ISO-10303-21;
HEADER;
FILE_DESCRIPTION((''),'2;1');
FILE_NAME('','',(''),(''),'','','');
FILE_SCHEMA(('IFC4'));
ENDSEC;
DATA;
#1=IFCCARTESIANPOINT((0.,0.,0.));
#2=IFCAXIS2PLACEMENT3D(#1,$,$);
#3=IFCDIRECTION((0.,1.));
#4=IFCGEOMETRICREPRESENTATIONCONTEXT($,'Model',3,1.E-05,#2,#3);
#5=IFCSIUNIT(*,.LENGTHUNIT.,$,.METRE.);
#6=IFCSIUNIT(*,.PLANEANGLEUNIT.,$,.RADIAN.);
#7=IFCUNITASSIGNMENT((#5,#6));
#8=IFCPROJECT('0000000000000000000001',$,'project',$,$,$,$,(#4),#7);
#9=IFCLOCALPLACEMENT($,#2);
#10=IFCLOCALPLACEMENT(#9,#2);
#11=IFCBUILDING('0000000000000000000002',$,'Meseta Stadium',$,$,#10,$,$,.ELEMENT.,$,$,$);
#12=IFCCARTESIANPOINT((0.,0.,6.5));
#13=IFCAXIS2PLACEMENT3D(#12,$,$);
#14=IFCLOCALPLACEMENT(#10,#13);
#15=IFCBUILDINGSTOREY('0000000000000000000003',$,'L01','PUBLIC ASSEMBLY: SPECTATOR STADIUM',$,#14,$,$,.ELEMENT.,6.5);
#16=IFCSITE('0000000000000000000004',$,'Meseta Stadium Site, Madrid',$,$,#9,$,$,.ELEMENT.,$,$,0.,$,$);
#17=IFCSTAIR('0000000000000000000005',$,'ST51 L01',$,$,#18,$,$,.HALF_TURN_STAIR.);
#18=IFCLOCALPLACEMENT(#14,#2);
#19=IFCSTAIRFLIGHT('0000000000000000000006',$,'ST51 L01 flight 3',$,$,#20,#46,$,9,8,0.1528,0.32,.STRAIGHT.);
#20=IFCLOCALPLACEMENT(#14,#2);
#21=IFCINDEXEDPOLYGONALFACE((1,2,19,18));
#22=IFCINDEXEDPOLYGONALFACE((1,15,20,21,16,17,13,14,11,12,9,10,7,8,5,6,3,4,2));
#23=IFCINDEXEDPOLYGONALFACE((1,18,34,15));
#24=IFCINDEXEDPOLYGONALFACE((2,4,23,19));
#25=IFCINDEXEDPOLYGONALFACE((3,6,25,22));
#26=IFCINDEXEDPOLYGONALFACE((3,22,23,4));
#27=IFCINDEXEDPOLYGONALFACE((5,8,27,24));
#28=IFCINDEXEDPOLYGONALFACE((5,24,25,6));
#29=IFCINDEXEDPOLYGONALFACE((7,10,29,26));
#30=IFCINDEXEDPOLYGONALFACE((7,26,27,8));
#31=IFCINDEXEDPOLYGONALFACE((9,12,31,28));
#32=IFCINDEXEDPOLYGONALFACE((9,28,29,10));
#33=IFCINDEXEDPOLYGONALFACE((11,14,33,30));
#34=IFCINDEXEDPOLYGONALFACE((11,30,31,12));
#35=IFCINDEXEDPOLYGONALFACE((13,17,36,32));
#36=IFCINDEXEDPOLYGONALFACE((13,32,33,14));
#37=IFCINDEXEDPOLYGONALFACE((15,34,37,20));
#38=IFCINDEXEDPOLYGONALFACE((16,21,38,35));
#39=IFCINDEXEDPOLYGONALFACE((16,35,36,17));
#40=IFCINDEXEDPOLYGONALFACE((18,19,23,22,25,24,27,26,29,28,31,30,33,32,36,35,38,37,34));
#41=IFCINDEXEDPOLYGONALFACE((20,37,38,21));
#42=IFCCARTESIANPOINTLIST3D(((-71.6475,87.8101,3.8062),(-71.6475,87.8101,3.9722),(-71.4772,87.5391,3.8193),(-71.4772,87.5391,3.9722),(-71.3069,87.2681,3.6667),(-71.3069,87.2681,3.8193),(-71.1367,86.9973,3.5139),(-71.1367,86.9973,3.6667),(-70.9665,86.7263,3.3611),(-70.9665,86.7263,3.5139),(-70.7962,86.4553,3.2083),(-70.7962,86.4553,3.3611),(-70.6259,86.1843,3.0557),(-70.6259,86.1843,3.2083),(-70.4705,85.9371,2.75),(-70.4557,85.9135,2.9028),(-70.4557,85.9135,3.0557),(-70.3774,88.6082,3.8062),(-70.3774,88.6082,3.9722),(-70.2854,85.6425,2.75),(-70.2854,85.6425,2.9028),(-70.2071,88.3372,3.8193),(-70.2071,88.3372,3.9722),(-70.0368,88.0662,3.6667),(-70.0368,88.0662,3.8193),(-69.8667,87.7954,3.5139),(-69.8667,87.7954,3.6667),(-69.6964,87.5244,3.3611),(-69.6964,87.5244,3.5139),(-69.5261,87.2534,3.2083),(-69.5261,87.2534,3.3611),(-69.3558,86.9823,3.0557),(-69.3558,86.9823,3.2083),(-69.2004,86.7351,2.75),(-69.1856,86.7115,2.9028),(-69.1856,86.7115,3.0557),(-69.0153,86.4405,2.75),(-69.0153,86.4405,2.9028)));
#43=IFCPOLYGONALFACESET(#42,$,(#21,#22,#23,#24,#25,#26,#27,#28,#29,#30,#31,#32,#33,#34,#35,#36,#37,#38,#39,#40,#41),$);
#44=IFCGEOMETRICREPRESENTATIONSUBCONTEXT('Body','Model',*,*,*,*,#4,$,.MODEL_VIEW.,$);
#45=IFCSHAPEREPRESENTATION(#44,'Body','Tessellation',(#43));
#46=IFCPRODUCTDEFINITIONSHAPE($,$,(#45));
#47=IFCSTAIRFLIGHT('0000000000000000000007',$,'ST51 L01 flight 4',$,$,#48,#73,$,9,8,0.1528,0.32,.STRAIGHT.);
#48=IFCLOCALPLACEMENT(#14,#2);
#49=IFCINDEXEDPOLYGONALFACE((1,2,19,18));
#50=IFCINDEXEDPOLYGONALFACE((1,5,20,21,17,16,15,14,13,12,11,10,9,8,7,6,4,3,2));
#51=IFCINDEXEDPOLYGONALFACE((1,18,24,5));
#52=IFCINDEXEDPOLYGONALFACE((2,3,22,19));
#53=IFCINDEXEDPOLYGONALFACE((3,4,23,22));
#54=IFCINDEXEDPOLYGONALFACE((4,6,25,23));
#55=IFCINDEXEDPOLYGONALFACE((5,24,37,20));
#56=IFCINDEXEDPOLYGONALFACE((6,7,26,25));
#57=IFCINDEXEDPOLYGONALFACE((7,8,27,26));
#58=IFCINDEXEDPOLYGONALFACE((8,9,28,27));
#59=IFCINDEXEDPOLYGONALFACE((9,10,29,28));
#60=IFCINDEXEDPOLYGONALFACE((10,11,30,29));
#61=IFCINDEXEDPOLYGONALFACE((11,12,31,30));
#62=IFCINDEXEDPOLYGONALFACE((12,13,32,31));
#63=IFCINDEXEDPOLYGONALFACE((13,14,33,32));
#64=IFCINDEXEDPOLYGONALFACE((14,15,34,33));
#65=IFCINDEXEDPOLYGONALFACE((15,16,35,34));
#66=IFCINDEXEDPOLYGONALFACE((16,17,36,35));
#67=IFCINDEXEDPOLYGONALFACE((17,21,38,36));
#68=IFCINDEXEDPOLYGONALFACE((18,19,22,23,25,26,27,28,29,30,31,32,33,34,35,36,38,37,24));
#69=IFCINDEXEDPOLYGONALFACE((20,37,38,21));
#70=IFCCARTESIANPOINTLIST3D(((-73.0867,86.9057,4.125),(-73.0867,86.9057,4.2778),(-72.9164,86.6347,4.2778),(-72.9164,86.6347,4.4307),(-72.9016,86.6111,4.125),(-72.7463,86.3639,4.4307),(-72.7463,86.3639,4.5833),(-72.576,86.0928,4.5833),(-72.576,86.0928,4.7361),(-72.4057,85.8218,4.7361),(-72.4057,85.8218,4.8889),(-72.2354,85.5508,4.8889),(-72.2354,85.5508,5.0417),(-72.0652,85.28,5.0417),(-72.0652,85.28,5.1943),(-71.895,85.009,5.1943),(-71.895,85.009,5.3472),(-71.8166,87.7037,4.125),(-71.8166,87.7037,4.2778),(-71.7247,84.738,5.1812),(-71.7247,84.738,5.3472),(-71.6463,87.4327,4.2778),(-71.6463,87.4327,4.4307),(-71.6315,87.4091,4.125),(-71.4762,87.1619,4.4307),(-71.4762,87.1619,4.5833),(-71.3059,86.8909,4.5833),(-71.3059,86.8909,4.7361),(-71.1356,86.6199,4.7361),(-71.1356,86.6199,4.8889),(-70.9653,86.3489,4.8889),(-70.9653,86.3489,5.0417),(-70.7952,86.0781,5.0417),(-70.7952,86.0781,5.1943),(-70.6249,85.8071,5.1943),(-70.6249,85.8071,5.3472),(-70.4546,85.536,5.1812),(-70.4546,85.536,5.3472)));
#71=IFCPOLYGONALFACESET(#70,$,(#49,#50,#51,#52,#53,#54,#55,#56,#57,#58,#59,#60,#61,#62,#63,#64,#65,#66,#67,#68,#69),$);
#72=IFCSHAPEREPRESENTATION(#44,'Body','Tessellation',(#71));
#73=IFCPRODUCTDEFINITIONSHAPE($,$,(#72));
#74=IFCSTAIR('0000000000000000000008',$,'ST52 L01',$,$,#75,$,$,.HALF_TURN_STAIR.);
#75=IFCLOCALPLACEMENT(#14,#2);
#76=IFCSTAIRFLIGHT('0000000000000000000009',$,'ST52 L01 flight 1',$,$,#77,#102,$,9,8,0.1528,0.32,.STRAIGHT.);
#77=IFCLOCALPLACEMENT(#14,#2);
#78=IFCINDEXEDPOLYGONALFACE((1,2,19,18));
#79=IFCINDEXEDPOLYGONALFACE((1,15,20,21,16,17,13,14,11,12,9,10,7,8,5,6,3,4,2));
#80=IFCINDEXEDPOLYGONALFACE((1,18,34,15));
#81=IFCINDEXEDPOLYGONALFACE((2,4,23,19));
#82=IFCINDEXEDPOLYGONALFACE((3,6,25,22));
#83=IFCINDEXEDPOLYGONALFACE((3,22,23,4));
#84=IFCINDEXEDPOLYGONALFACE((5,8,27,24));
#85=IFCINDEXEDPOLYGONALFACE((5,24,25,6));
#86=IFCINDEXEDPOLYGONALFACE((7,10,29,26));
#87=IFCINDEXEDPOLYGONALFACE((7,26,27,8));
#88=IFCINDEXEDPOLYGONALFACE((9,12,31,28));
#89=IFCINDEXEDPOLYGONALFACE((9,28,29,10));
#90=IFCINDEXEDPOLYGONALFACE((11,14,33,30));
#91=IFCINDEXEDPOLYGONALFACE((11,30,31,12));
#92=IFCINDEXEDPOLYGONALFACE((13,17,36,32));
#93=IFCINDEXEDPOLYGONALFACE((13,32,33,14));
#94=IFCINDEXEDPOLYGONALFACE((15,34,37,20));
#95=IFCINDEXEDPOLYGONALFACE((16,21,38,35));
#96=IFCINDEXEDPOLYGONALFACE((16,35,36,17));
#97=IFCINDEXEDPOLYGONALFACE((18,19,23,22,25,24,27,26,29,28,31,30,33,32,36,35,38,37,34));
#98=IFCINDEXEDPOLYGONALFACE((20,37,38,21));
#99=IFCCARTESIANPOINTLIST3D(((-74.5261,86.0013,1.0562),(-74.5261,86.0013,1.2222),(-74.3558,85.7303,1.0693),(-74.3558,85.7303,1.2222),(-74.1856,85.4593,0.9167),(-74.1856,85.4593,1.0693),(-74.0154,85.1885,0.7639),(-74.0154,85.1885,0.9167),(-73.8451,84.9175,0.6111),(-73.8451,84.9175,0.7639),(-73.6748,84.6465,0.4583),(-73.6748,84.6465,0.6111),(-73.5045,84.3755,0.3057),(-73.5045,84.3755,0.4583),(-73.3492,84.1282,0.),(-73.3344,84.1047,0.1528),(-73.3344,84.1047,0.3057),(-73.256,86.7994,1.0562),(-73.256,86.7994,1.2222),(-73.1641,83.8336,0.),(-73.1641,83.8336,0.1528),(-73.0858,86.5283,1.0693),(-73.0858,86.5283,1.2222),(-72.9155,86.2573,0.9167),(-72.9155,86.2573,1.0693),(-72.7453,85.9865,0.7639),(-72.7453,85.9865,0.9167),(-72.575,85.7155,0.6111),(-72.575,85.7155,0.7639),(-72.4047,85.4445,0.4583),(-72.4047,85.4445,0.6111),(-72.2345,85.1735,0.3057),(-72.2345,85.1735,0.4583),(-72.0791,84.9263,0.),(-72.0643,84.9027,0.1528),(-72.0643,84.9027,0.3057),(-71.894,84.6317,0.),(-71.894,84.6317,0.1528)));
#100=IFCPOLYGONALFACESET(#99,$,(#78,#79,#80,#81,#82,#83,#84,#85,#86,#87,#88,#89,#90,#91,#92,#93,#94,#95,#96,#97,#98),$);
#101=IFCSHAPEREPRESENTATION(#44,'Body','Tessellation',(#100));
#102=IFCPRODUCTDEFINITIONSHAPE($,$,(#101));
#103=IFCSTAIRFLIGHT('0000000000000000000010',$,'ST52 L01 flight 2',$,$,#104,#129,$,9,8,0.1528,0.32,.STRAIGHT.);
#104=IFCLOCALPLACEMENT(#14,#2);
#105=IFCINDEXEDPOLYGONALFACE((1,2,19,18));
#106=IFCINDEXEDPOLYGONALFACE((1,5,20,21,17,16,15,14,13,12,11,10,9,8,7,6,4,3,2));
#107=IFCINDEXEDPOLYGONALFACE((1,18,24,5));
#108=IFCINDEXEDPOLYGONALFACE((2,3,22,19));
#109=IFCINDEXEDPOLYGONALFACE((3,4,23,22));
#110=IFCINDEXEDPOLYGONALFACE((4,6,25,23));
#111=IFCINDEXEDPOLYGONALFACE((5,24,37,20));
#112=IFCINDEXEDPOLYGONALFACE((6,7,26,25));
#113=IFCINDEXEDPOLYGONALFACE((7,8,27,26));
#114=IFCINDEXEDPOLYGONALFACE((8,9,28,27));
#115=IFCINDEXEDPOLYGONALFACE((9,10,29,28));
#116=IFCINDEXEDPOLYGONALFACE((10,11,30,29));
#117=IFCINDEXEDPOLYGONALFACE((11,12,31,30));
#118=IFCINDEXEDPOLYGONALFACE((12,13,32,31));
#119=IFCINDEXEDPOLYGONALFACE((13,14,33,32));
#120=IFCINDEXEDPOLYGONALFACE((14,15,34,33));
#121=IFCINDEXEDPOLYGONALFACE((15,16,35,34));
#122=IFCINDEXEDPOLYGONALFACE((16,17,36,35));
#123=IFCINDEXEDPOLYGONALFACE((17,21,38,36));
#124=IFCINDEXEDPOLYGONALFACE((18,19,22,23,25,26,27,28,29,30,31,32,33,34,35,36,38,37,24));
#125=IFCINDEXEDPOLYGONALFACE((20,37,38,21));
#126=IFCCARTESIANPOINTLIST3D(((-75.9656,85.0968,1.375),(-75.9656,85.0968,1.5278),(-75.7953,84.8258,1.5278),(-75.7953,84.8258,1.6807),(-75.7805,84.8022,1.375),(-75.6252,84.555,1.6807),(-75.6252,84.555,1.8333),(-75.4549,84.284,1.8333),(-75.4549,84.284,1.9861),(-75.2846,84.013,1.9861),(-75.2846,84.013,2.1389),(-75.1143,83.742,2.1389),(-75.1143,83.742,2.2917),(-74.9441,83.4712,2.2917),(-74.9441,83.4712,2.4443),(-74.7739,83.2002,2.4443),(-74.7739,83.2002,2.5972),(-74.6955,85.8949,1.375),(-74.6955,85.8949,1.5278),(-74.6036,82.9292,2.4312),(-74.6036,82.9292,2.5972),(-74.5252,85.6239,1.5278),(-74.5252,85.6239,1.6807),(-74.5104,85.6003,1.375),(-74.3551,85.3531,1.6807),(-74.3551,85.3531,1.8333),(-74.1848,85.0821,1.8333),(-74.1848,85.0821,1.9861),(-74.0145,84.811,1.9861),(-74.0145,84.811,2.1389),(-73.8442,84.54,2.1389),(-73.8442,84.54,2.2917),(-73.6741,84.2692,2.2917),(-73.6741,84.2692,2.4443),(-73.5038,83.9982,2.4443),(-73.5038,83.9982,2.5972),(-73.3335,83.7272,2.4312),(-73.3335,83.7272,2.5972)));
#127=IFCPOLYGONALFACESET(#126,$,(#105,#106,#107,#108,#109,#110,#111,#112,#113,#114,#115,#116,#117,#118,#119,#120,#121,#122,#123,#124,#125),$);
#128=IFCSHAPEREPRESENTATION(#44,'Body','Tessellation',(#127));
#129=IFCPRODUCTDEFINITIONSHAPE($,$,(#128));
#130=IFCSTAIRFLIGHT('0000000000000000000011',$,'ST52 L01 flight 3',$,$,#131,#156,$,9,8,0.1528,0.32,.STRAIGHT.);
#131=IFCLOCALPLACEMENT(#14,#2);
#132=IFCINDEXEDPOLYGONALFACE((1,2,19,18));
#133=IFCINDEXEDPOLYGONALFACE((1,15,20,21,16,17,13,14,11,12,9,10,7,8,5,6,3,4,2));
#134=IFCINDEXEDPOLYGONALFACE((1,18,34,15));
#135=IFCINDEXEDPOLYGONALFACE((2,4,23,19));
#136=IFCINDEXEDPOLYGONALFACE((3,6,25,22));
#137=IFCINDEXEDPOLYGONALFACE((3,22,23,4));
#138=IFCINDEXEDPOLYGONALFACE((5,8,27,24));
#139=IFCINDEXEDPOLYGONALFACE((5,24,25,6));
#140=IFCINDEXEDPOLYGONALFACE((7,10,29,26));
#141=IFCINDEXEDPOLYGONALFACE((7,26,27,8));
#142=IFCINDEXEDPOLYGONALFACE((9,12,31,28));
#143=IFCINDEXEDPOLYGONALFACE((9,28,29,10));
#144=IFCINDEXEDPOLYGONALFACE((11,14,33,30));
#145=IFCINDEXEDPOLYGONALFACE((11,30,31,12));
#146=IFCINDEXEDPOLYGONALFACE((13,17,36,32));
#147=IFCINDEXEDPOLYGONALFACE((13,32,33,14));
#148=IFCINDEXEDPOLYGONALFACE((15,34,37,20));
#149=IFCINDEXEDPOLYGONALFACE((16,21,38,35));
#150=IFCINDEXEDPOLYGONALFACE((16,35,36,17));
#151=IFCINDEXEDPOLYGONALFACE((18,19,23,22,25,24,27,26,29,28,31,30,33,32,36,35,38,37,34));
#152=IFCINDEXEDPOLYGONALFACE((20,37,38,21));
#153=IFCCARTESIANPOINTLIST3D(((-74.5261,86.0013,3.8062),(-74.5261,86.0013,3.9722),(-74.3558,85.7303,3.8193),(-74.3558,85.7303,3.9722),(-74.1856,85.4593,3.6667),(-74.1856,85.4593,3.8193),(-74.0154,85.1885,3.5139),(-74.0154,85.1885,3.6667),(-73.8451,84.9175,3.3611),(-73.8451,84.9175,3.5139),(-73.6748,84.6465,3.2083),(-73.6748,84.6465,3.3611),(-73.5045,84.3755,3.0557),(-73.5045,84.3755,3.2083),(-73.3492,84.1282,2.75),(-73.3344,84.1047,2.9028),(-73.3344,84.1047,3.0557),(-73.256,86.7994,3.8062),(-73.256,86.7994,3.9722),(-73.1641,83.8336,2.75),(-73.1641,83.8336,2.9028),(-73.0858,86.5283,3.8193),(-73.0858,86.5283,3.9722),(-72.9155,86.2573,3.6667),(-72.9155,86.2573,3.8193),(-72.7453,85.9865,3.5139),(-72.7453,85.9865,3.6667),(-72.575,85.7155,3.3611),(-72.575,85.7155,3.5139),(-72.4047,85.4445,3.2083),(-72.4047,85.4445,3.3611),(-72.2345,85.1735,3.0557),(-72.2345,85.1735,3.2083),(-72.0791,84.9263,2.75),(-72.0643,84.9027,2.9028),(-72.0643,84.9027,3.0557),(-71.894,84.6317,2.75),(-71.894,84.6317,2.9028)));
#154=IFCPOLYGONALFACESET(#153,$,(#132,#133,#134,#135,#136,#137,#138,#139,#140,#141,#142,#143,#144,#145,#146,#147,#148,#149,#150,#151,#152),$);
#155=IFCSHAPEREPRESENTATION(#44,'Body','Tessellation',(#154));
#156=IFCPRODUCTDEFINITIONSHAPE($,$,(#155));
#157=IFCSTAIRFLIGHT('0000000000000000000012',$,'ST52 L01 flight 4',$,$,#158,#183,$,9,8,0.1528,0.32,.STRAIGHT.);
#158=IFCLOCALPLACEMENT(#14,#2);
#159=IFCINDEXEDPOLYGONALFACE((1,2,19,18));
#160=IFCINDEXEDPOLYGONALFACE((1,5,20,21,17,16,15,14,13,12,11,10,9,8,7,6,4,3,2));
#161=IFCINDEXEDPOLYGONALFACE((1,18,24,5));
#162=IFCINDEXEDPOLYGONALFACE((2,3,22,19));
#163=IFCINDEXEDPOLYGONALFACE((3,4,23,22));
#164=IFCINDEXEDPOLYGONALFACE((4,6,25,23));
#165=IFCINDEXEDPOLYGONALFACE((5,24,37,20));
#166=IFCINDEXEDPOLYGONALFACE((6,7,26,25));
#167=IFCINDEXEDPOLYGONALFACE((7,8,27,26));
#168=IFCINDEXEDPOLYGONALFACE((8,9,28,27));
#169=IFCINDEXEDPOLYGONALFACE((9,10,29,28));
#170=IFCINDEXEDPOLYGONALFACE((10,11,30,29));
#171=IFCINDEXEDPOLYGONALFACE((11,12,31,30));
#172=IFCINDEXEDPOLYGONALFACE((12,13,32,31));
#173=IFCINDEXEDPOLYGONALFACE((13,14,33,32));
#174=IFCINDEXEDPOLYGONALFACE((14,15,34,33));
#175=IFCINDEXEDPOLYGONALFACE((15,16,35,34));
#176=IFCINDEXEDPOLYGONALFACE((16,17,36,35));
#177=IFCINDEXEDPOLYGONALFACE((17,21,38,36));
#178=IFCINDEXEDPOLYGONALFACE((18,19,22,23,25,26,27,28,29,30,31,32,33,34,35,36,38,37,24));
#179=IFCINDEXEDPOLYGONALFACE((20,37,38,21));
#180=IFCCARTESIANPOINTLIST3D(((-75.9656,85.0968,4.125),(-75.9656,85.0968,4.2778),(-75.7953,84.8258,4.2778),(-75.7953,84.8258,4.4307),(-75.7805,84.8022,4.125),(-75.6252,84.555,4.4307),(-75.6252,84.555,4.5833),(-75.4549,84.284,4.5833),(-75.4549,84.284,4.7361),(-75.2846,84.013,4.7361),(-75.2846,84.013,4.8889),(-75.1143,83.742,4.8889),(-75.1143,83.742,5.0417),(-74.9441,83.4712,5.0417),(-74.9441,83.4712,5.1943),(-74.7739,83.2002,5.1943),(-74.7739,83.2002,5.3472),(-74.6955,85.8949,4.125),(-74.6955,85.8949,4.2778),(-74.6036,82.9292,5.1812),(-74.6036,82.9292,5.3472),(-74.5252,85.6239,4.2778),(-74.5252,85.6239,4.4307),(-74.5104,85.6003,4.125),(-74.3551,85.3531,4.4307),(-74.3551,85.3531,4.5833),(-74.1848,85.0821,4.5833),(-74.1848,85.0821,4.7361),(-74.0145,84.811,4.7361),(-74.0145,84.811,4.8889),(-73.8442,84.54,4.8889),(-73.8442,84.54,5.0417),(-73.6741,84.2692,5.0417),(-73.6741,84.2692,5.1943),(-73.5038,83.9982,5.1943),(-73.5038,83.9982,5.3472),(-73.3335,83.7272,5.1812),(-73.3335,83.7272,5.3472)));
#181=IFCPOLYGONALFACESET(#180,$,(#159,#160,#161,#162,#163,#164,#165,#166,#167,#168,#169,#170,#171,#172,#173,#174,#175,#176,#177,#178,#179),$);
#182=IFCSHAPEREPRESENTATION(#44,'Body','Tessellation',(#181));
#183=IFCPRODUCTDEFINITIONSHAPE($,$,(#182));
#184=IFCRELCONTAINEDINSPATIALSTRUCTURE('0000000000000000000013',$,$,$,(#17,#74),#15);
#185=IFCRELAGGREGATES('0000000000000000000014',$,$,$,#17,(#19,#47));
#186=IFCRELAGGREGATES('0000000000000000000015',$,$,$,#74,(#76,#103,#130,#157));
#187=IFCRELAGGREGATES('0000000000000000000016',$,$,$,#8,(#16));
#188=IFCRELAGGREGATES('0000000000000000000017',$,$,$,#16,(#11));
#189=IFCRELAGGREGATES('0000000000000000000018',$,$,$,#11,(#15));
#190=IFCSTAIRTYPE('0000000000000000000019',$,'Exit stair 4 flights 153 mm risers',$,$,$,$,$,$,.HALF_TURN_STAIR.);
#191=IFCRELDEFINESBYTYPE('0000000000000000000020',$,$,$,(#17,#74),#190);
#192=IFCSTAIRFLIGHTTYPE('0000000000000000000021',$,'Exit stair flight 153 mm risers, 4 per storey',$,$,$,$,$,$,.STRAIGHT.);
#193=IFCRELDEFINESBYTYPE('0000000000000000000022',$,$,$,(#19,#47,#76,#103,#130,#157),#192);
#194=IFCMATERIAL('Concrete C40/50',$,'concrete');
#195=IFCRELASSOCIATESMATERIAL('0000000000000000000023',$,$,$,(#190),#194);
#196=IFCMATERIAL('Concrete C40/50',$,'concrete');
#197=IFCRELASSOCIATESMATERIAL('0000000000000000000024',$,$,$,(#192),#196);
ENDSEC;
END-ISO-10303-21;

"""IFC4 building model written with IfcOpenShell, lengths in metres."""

from ifc_helpers import new_model, si_unit, direction, frame, origin, place, context, subcontext, project, spatial, polyline, outline, extrude, material, type_object, element, aggregate, save


model = new_model("IFC4")

# Units and contexts
model_context = context("Model", 3, precision=1e-05, world=origin(), true_north=direction((0.0, 1.0)))
body_context = subcontext(model_context, "Body", "Model", "MODEL_VIEW")
ifc_project = project(units=[si_unit("LENGTHUNIT", "METRE"), si_unit("PLANEANGLEUNIT", "RADIAN")], contexts=[model_context])

# Site, building, storey
site_placement = place(None, origin())
site = spatial("IfcSite", under=ifc_project, at=site_placement, Name="Meseta Stadium Site, Madrid", CompositionType="ELEMENT", RefElevation=0.0)
building_placement = place(site_placement, origin())
building = spatial("IfcBuilding", under=site, at=building_placement, Name="Meseta Stadium", CompositionType="ELEMENT")
storey_placement = place(building_placement, frame((0.0, 0.0, 6.5)))
storey = spatial("IfcBuildingStorey", under=building, at=storey_placement, Name="L01", Description="PUBLIC ASSEMBLY: SPECTATOR STADIUM", CompositionType="ELEMENT", Elevation=6.5)

# Stairs, stair flights
ifc_material_1 = material(Name="Concrete C40/50", Category="concrete")
stair_type = type_object("IfcStairType", Name="Exit stair 4 flights 153 mm risers", PredefinedType="HALF_TURN_STAIR", material=ifc_material_1)
ifc_material_2 = material(Name="Concrete C40/50", Category="concrete")
stair_flight_type = type_object("IfcStairFlightType", Name="Exit stair flight 153 mm risers, 4 per storey", PredefinedType="STRAIGHT", material=ifc_material_2)
stair_1_placement = place(storey_placement, origin())
stair_1 = element("IfcStair", 1, at=stair_1_placement, inside=storey, type_object=stair_type, Name="ST51 L01", PredefinedType="HALF_TURN_STAIR")
stair_flight_1_placement = place(storey_placement, frame((-69.6504, 86.0415, 2.75), z_axis=(0.0, 0.0, 1.0), x_axis=(-0.532032, 0.846724, 0.0)))
stair_flight_1 = element("IfcStairFlight", 2, at=stair_flight_1_placement, type_object=stair_flight_type, Name="ST51 L01 flight 3", NumberOfRisers=9, NumberOfTreads=8, PredefinedType="STRAIGHT", RiserHeight=0.1528, TreadLength=0.32, context=body_context, shape_type="SweptSolid", body=[
    extrude(outline(polyline([(0.0, 0.0), (0.0, 0.1528), (0.3201, 0.1528), (0.3201, 0.3057), (0.6399, 0.3057), (0.6399, 0.4583), (0.96, 0.4583), (0.96, 0.6111), (1.28, 0.6111), (1.28, 0.7639), (1.6001, 0.7639), (1.6001, 0.9167), (1.9199, 0.9167), (1.9199, 1.0693), (2.24, 1.0693), (2.24, 1.2222), (2.5601, 1.2222), (2.5601, 1.0562), (0.3479, 0.0), (0.0, 0.0)])), frame((0.0, 0.75, 0.0), z_axis=(0.0, -1.0, 0.0), x_axis=(1.0, 0.0, 0.0)), (0.0, 0.0, 1.0), 1.5),
])
stair_flight_2_placement = place(storey_placement, frame((-72.4517, 87.3047, 4.125), z_axis=(0.0, 0.0, 1.0), x_axis=(0.532032, -0.846724, 0.0)))
stair_flight_2 = element("IfcStairFlight", 3, at=stair_flight_2_placement, type_object=stair_flight_type, Name="ST51 L01 flight 4", NumberOfRisers=9, NumberOfTreads=8, PredefinedType="STRAIGHT", RiserHeight=0.1528, TreadLength=0.32, context=body_context, shape_type="SweptSolid", body=[
    extrude(outline(polyline([(0.0, 0.0), (0.0, 0.1528), (0.3201, 0.1528), (0.3201, 0.3057), (0.6399, 0.3057), (0.6399, 0.4583), (0.96, 0.4583), (0.96, 0.6111), (1.28, 0.6111), (1.28, 0.7639), (1.6001, 0.7639), (1.6001, 0.9167), (1.9199, 0.9167), (1.9199, 1.0693), (2.24, 1.0693), (2.24, 1.2222), (2.5601, 1.2222), (2.5601, 1.0562), (0.3479, 0.0), (0.0, 0.0)])), frame((0.0, 0.75, 0.0), z_axis=(0.0, -1.0, 0.0), x_axis=(1.0, 0.0, 0.0)), (0.0, 0.0, 1.0), 1.5),
])
aggregate(stair_1, [stair_flight_1, stair_flight_2])
stair_2_placement = place(storey_placement, origin())
stair_2 = element("IfcStair", 4, at=stair_2_placement, inside=storey, type_object=stair_type, Name="ST52 L01", PredefinedType="HALF_TURN_STAIR")
stair_flight_3_placement = place(storey_placement, frame((-72.5291, 84.2327, 0.0), z_axis=(0.0, 0.0, 1.0), x_axis=(-0.532032, 0.846724, 0.0)))
stair_flight_3 = element("IfcStairFlight", 5, at=stair_flight_3_placement, type_object=stair_flight_type, Name="ST52 L01 flight 1", NumberOfRisers=9, NumberOfTreads=8, PredefinedType="STRAIGHT", RiserHeight=0.1528, TreadLength=0.32, context=body_context, shape_type="SweptSolid", body=[
    extrude(outline(polyline([(0.0, 0.0), (0.0, 0.1528), (0.3201, 0.1528), (0.3201, 0.3057), (0.6399, 0.3057), (0.6399, 0.4583), (0.96, 0.4583), (0.96, 0.6111), (1.28, 0.6111), (1.28, 0.7639), (1.6001, 0.7639), (1.6001, 0.9167), (1.9199, 0.9167), (1.9199, 1.0693), (2.24, 1.0693), (2.24, 1.2222), (2.5601, 1.2222), (2.5601, 1.0562), (0.3479, 0.0), (0.0, 0.0)])), frame((0.0, 0.75, 0.0), z_axis=(0.0, -1.0, 0.0), x_axis=(1.0, 0.0, 0.0)), (0.0, 0.0, 1.0), 1.5),
])
stair_flight_4_placement = place(storey_placement, frame((-75.3306, 85.4958, 1.375), z_axis=(0.0, 0.0, 1.0), x_axis=(0.532032, -0.846724, 0.0)))
stair_flight_4 = element("IfcStairFlight", 6, at=stair_flight_4_placement, type_object=stair_flight_type, Name="ST52 L01 flight 2", NumberOfRisers=9, NumberOfTreads=8, PredefinedType="STRAIGHT", RiserHeight=0.1528, TreadLength=0.32, context=body_context, shape_type="SweptSolid", body=[
    extrude(outline(polyline([(0.0, 0.0), (0.0, 0.1528), (0.3201, 0.1528), (0.3201, 0.3057), (0.6399, 0.3057), (0.6399, 0.4583), (0.96, 0.4583), (0.96, 0.6111), (1.28, 0.6111), (1.28, 0.7639), (1.6001, 0.7639), (1.6001, 0.9167), (1.9199, 0.9167), (1.9199, 1.0693), (2.24, 1.0693), (2.24, 1.2222), (2.5601, 1.2222), (2.5601, 1.0562), (0.3479, 0.0), (0.0, 0.0)])), frame((0.0, 0.75, 0.0), z_axis=(0.0, -1.0, 0.0), x_axis=(1.0, 0.0, 0.0)), (0.0, 0.0, 1.0), 1.5),
])
stair_flight_5_placement = place(storey_placement, frame((-72.5291, 84.2327, 2.75), z_axis=(0.0, 0.0, 1.0), x_axis=(-0.532032, 0.846724, 0.0)))
stair_flight_5 = element("IfcStairFlight", 7, at=stair_flight_5_placement, type_object=stair_flight_type, Name="ST52 L01 flight 3", NumberOfRisers=9, NumberOfTreads=8, PredefinedType="STRAIGHT", RiserHeight=0.1528, TreadLength=0.32, context=body_context, shape_type="SweptSolid", body=[
    extrude(outline(polyline([(0.0, 0.0), (0.0, 0.1528), (0.3201, 0.1528), (0.3201, 0.3057), (0.6399, 0.3057), (0.6399, 0.4583), (0.96, 0.4583), (0.96, 0.6111), (1.28, 0.6111), (1.28, 0.7639), (1.6001, 0.7639), (1.6001, 0.9167), (1.9199, 0.9167), (1.9199, 1.0693), (2.24, 1.0693), (2.24, 1.2222), (2.5601, 1.2222), (2.5601, 1.0562), (0.3479, 0.0), (0.0, 0.0)])), frame((0.0, 0.75, 0.0), z_axis=(0.0, -1.0, 0.0), x_axis=(1.0, 0.0, 0.0)), (0.0, 0.0, 1.0), 1.5),
])
stair_flight_6_placement = place(storey_placement, frame((-75.3306, 85.4958, 4.125), z_axis=(0.0, 0.0, 1.0), x_axis=(0.532032, -0.846724, 0.0)))
stair_flight_6 = element("IfcStairFlight", 8, at=stair_flight_6_placement, type_object=stair_flight_type, Name="ST52 L01 flight 4", NumberOfRisers=9, NumberOfTreads=8, PredefinedType="STRAIGHT", RiserHeight=0.1528, TreadLength=0.32, context=body_context, shape_type="SweptSolid", body=[
    extrude(outline(polyline([(0.0, 0.0), (0.0, 0.1528), (0.3201, 0.1528), (0.3201, 0.3057), (0.6399, 0.3057), (0.6399, 0.4583), (0.96, 0.4583), (0.96, 0.6111), (1.28, 0.6111), (1.28, 0.7639), (1.6001, 0.7639), (1.6001, 0.9167), (1.9199, 0.9167), (1.9199, 1.0693), (2.24, 1.0693), (2.24, 1.2222), (2.5601, 1.2222), (2.5601, 1.0562), (0.3479, 0.0), (0.0, 0.0)])), frame((0.0, 0.75, 0.0), z_axis=(0.0, -1.0, 0.0), x_axis=(1.0, 0.0, 0.0)), (0.0, 0.0, 1.0), 1.5),
])
aggregate(stair_2, [stair_flight_3, stair_flight_4, stair_flight_5, stair_flight_6])

save(model, "model.ifc")
